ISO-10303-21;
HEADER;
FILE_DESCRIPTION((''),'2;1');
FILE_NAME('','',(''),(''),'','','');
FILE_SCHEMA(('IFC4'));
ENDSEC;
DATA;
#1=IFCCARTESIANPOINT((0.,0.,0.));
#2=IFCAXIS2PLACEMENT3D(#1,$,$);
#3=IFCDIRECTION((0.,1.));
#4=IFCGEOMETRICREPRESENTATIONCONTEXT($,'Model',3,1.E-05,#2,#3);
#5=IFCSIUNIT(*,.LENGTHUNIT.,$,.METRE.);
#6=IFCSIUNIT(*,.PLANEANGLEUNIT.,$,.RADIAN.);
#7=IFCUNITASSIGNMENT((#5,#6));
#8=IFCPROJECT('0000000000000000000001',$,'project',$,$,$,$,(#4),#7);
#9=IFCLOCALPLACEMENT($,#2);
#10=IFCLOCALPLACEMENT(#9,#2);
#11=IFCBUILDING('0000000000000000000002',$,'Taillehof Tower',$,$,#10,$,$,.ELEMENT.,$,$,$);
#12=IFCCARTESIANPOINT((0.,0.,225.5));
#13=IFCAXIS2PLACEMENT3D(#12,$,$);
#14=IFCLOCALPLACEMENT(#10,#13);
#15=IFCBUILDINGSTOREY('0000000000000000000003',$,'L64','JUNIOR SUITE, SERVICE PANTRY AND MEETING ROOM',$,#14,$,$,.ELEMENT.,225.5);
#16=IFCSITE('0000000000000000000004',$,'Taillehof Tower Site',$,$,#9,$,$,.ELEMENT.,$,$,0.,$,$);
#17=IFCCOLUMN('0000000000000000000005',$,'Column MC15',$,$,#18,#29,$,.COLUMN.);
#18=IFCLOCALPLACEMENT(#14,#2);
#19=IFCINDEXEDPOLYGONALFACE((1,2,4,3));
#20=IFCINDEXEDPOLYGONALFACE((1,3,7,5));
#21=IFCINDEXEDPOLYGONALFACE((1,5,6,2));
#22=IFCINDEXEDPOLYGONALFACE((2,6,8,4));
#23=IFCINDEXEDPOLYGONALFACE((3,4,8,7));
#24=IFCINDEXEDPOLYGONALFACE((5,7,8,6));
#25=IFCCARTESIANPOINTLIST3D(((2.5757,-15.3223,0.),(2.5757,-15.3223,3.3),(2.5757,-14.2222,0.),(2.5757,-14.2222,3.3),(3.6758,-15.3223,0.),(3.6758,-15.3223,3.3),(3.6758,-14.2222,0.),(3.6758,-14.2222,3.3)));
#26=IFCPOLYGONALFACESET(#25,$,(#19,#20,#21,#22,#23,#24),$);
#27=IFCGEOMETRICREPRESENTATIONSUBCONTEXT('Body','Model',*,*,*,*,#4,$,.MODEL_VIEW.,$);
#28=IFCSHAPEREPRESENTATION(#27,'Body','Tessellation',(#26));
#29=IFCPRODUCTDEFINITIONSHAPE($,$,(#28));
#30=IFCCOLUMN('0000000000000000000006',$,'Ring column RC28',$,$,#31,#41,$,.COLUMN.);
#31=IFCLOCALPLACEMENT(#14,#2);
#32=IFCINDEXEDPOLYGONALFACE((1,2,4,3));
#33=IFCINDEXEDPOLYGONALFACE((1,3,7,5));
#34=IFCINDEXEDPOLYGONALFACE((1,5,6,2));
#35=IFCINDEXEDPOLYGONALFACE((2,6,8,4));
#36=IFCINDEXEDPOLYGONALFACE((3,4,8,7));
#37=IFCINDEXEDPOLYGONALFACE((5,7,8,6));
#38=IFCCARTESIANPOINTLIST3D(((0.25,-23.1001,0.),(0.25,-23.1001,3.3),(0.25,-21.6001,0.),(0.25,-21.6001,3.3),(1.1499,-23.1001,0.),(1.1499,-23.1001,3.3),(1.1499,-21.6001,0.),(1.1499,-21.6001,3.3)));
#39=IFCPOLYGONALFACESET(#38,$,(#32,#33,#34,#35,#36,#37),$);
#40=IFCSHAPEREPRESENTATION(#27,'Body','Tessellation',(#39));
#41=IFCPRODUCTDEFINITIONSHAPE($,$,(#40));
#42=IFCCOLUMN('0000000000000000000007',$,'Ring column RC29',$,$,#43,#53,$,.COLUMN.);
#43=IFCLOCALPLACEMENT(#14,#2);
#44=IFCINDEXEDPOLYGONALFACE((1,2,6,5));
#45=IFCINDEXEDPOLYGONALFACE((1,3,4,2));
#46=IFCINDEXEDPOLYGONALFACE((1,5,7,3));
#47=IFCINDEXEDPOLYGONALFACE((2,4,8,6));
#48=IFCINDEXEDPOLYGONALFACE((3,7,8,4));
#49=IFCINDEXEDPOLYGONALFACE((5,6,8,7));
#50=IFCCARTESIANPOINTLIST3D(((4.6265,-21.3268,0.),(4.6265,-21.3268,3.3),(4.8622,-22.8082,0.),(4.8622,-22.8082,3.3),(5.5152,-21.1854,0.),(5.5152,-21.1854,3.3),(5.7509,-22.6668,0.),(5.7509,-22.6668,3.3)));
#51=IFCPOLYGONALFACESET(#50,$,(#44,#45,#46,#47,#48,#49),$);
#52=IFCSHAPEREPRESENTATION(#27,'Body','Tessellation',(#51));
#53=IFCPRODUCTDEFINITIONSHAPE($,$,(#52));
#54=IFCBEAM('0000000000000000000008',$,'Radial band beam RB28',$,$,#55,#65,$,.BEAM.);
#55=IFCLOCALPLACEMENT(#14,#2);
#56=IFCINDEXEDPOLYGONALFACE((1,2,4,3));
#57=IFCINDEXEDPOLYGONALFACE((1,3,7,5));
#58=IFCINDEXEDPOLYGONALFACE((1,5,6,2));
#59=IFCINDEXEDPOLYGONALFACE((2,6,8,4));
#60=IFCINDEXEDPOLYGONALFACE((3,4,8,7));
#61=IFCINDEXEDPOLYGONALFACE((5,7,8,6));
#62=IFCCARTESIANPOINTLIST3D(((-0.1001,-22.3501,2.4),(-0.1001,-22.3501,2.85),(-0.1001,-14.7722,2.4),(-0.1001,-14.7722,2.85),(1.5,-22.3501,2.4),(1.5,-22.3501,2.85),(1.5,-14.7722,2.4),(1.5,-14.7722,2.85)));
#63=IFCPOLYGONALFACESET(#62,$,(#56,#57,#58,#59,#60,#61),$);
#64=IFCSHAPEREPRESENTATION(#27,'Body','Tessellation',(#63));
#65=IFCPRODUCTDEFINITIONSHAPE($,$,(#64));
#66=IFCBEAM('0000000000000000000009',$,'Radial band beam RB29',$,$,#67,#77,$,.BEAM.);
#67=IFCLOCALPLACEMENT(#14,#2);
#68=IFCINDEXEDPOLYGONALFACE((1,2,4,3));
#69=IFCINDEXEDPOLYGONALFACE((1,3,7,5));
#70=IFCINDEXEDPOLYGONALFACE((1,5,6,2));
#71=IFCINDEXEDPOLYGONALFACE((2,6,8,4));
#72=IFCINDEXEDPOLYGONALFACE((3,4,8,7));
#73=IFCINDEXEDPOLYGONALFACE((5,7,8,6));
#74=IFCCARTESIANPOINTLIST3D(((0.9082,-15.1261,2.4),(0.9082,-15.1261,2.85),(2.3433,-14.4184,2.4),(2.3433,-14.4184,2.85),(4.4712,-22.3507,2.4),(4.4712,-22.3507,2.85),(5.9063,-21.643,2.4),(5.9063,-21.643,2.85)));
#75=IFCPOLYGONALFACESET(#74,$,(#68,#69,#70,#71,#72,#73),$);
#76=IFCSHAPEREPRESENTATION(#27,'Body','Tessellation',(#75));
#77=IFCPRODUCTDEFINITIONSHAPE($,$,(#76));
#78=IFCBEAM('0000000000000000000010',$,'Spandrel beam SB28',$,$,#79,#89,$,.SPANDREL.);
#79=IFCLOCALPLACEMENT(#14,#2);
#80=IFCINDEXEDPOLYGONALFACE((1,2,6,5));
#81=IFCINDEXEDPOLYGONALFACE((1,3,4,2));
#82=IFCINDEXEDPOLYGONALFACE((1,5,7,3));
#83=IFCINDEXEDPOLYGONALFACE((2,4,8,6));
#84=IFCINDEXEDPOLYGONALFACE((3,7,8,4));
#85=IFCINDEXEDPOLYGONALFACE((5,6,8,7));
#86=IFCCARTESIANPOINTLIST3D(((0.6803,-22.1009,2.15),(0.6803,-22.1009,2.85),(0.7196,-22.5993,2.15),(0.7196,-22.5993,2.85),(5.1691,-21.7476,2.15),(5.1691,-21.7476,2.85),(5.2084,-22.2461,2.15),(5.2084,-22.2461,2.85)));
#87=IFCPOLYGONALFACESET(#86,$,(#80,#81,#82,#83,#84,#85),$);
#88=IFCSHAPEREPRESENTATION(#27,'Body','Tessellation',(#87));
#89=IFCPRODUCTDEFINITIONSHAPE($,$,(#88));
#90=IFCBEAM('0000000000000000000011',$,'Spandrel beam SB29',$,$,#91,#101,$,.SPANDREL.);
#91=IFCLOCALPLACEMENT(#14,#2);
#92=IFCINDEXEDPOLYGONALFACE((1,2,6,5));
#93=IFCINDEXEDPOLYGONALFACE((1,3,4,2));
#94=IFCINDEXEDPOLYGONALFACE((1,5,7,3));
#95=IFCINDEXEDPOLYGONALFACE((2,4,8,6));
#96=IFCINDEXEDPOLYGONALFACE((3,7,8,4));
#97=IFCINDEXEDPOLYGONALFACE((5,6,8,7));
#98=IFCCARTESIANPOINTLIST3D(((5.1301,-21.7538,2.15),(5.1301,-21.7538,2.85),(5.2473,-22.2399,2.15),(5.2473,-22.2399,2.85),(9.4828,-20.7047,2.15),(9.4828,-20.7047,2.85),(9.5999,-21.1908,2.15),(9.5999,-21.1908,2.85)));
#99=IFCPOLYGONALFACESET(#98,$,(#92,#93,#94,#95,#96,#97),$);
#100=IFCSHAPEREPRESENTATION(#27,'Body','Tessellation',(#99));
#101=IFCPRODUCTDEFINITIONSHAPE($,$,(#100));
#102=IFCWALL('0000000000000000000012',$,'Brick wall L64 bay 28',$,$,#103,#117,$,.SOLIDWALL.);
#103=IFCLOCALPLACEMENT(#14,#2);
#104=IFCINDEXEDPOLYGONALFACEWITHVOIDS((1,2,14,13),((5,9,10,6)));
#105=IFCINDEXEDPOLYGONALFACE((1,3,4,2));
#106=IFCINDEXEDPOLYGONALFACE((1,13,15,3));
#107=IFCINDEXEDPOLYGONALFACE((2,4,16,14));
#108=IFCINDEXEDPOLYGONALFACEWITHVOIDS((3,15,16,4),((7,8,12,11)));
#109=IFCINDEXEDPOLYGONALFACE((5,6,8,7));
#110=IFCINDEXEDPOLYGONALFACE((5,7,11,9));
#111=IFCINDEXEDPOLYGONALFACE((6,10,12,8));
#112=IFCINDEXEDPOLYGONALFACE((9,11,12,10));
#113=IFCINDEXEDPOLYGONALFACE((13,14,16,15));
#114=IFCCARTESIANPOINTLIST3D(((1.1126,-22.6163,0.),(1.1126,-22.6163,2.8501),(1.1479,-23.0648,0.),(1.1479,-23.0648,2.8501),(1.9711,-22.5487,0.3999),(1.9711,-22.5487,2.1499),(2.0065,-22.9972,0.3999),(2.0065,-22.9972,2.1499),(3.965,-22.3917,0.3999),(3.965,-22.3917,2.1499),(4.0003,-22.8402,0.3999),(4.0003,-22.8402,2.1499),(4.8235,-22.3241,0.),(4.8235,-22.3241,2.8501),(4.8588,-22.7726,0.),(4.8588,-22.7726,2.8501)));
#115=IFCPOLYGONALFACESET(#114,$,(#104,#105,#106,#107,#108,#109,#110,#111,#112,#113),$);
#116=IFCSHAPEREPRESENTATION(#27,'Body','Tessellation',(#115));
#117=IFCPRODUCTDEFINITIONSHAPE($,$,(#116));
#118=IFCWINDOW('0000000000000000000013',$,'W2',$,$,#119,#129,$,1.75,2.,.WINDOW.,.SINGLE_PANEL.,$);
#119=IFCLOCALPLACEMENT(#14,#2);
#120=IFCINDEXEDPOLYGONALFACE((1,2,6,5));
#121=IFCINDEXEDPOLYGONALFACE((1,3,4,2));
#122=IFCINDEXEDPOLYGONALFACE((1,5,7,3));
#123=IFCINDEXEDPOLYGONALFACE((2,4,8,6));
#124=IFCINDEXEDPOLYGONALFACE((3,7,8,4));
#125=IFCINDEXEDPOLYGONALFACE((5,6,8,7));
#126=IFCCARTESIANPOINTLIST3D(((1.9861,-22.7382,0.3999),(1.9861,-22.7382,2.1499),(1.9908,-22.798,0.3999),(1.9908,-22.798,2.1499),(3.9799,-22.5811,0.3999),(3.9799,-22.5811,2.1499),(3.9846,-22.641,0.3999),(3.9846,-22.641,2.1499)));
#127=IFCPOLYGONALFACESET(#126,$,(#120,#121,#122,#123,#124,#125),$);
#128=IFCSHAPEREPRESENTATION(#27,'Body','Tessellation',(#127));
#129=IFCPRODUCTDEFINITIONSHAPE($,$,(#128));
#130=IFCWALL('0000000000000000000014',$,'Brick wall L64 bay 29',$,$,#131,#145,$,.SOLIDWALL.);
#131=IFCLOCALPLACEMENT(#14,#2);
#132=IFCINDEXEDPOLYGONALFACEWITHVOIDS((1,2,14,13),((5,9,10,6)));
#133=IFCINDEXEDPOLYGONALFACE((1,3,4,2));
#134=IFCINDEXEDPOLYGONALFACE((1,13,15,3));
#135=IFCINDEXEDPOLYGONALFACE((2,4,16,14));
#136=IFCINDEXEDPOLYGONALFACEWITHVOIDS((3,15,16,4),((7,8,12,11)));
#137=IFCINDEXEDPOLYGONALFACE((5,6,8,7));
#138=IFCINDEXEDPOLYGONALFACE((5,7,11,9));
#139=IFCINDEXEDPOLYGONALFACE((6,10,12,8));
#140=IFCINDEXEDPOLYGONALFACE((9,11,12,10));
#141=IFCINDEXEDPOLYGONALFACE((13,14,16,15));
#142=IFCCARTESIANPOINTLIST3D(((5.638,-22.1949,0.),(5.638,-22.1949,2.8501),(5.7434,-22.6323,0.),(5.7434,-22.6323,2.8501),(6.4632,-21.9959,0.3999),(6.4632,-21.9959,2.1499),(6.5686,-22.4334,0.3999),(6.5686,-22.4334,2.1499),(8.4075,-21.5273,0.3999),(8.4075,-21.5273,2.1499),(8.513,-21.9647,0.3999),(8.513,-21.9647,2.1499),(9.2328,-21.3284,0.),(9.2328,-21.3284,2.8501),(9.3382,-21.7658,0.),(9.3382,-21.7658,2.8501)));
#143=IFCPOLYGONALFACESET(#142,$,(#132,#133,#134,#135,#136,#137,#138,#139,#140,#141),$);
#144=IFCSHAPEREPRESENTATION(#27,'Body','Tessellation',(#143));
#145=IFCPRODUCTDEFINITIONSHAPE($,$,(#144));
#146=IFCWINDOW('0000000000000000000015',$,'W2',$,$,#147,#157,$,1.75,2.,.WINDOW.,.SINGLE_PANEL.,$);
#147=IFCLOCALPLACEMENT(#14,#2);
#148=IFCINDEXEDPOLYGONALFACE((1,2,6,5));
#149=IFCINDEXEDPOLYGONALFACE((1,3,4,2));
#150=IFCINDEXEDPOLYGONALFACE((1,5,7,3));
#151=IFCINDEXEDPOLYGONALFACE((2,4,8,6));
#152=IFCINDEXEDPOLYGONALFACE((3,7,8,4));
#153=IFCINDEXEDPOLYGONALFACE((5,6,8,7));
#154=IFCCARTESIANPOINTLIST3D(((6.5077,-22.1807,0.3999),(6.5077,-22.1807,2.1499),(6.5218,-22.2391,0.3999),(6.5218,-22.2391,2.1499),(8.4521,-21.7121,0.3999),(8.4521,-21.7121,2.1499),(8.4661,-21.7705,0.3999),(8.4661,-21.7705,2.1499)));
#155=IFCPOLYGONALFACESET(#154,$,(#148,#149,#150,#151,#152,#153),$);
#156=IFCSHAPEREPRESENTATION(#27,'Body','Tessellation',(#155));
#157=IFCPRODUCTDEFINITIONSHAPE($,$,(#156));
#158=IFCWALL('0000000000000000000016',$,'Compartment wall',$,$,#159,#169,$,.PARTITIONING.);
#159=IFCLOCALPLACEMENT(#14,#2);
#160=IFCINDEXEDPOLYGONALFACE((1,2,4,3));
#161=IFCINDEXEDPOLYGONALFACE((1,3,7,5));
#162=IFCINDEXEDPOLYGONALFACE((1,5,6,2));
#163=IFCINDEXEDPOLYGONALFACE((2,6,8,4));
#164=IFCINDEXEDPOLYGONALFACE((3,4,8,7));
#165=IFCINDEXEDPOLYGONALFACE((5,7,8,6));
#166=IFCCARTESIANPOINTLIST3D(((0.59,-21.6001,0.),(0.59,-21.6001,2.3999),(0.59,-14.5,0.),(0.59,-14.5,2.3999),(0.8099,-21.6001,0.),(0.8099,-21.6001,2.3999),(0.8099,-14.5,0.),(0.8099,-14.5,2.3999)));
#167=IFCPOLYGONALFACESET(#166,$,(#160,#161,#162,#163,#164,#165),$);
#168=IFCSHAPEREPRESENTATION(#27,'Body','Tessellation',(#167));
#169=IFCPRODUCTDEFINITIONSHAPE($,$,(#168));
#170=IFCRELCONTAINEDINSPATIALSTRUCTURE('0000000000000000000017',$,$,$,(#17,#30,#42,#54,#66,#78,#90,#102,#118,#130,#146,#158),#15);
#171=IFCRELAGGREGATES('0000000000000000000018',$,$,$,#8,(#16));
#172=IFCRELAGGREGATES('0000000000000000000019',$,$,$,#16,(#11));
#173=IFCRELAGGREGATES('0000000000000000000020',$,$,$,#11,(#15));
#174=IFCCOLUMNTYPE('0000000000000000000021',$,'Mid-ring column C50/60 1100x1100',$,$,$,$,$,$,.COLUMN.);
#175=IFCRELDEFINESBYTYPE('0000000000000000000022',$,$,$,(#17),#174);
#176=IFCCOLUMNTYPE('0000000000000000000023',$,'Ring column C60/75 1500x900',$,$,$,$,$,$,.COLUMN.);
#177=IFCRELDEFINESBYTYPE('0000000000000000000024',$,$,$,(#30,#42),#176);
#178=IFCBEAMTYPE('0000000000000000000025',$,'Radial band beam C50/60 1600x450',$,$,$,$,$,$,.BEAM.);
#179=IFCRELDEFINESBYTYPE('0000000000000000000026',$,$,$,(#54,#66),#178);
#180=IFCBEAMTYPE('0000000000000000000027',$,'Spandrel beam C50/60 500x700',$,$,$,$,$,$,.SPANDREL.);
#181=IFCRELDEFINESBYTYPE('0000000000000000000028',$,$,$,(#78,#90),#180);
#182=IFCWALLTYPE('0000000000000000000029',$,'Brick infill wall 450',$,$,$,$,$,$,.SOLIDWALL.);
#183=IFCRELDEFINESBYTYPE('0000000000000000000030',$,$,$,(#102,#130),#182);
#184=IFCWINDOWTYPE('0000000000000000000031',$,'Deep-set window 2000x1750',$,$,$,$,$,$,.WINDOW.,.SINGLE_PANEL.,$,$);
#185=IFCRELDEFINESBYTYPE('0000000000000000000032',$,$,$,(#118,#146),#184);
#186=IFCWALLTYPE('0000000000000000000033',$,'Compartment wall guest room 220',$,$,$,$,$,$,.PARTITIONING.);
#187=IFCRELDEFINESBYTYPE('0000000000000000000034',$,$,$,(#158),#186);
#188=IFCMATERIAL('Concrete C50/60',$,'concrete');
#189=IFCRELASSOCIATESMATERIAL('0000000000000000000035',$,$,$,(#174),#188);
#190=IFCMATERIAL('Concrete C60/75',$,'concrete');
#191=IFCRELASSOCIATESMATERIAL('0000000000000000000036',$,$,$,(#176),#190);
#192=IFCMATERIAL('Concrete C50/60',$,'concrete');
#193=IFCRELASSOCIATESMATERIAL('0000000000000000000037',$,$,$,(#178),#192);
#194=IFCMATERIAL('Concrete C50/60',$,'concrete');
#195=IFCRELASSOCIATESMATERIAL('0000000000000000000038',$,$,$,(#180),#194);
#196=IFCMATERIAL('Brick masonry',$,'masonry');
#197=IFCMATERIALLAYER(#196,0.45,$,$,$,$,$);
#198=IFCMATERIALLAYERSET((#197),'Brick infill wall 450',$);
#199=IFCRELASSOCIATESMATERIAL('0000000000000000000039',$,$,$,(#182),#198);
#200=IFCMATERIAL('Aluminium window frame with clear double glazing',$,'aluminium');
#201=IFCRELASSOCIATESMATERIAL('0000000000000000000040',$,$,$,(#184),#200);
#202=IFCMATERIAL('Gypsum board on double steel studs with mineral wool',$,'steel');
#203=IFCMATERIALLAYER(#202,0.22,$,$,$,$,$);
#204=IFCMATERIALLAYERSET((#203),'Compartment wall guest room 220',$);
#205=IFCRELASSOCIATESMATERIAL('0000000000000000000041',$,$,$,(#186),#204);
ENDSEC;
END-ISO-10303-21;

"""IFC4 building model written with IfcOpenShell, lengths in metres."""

from ifc_helpers import new_model, si_unit, direction, frame, frame_2d, origin, origin_2d, place, context, subcontext, project, spatial, rectangle, extrude, material, layer, layer_set, material_profile, profile_set, type_object, element, fill, save


model = new_model("IFC4")

# Units and contexts
model_context = context("Model", 3, precision=1e-05, world=origin(), true_north=direction((0.0, 1.0)))
body_context = subcontext(model_context, "Body", "Model", "MODEL_VIEW")
ifc_project = project(units=[si_unit("LENGTHUNIT", "METRE"), si_unit("PLANEANGLEUNIT", "RADIAN")], contexts=[model_context])

# Site, building, storey
site_placement = place(None, origin())
site = spatial("IfcSite", under=ifc_project, at=site_placement, Name="Taillehof Tower Site", CompositionType="ELEMENT", RefElevation=0.0)
building_placement = place(site_placement, origin())
building = spatial("IfcBuilding", under=site, at=building_placement, Name="Taillehof Tower", CompositionType="ELEMENT")
storey_placement = place(building_placement, frame((0.0, 0.0, 225.5)))
storey = spatial("IfcBuildingStorey", under=building, at=storey_placement, Name="L64", Description="JUNIOR SUITE, SERVICE PANTRY AND MEETING ROOM", CompositionType="ELEMENT", Elevation=225.5)

# Columns
ifc_material_1 = material(Name="Concrete C50/60", Category="concrete")
ifc_material_profile_1 = material_profile(ifc_material_1, rectangle(XDim=1.1001, YDim=1.1001, at=origin_2d()), Name="RC 1100x1100")
ifc_profile_set_1 = profile_set([ifc_material_profile_1], Name="Concrete C50/60")
column_type_1 = type_object("IfcColumnType", Name="Mid-ring column C50/60 1100x1100", PredefinedType="COLUMN", material=ifc_profile_set_1)
column_placement = place(storey_placement, frame((3.1257, -14.7722, 0.0), z_axis=(0.0, 0.0, 1.0), x_axis=(1.0, 0.0, 0.0)))
element("IfcColumn", 1, at=column_placement, inside=storey, type_object=column_type_1, Name="Column MC15", PredefinedType="COLUMN", context=body_context, shape_type="SweptSolid", body=[
    extrude(rectangle(XDim=1.1001, YDim=1.1001, at=origin_2d()), origin(), (0.0, 0.0, 1.0), 3.3),
])
ifc_material_2 = material(Name="Concrete C60/75", Category="concrete")
ifc_material_profile_2 = material_profile(ifc_material_2, rectangle(XDim=1.5, YDim=0.8999, at=origin_2d()), Name="RC 1500x900")
ifc_profile_set_2 = profile_set([ifc_material_profile_2], Name="Concrete C60/75")
column_type_2 = type_object("IfcColumnType", Name="Ring column C60/75 1500x900", PredefinedType="COLUMN", material=ifc_profile_set_2)
for number, where, z_axis, x_axis, name in (
    (2, (0.7, -22.3501, 0.0), (0.0, 0.0, 1.0), (0.0, -1.0, 0.0), "Ring column RC28"),
    (3, (5.1887, -21.9968, 0.0), (0.0, 0.0, 1.0), (0.157116, -0.98758, 0.0), "Ring column RC29"),
):
    element("IfcColumn", number, at=place(storey_placement, frame(where, z_axis=z_axis, x_axis=x_axis)), inside=storey, type_object=column_type_2, Name=name, PredefinedType="COLUMN", context=body_context, shape_type="SweptSolid", body=[
        extrude(rectangle(XDim=1.5, YDim=0.8999, at=origin_2d()), origin(), (0.0, 0.0, 1.0), 3.3),
    ])

# Beams
ifc_material_3 = material(Name="Concrete C50/60", Category="concrete")
ifc_material_profile_3 = material_profile(ifc_material_3, rectangle(XDim=1.6001, YDim=0.45, at=origin_2d()), Name="RC 1600x450")
ifc_profile_set_3 = profile_set([ifc_material_profile_3], Name="Concrete C50/60")
beam_type_1 = type_object("IfcBeamType", Name="Radial band beam C50/60 1600x450", PredefinedType="BEAM", material=ifc_profile_set_3)
beam_1_placement = place(storey_placement, frame((0.7, -22.3501, 2.625), z_axis=(0.0, 1.0, 0.0), x_axis=(-1.0, 0.0, 0.0)))
element("IfcBeam", 4, at=beam_1_placement, inside=storey, type_object=beam_type_1, Name="Radial band beam RB28", PredefinedType="BEAM", context=body_context, shape_type="SweptSolid", body=[
    extrude(rectangle(XDim=1.6001, YDim=0.45, at=origin_2d()), origin(), (0.0, 0.0, 1.0), 7.5779),
])
beam_2_placement = place(storey_placement, frame((5.1887, -21.9968, 2.625), z_axis=(-0.442309, 0.896863, 0.0), x_axis=(-0.896863, -0.442309, 0.0)))
element("IfcBeam", 5, at=beam_2_placement, inside=storey, type_object=beam_type_1, Name="Radial band beam RB29", PredefinedType="BEAM", context=body_context, shape_type="SweptSolid", body=[
    extrude(rectangle(XDim=1.6001, YDim=0.45, at=origin_2d()), origin(), (0.0, 0.0, 1.0), 8.0554),
])
ifc_material_4 = material(Name="Concrete C50/60", Category="concrete")
ifc_material_profile_4 = material_profile(ifc_material_4, rectangle(XDim=0.5, YDim=0.7, at=origin_2d()), Name="RC 500x700")
ifc_profile_set_4 = profile_set([ifc_material_profile_4], Name="Concrete C50/60")
beam_type_2 = type_object("IfcBeamType", Name="Spandrel beam C50/60 500x700", PredefinedType="SPANDREL", material=ifc_profile_set_4)
beam_3_placement = place(storey_placement, frame((0.7, -22.3501, 2.5), z_axis=(0.996917, 0.078459, 0.0), x_axis=(-0.078459, 0.996917, 0.0)))
element("IfcBeam", 6, at=beam_3_placement, inside=storey, type_object=beam_type_2, Name="Spandrel beam SB28", PredefinedType="SPANDREL", context=body_context, shape_type="SweptSolid", body=[
    extrude(rectangle(XDim=0.5, YDim=0.7, at=origin_2d()), origin(), (0.0, 0.0, 1.0), 4.5027),
])
beam_4_placement = place(storey_placement, frame((5.1887, -21.9968, 2.5), z_axis=(0.972161, 0.234315, 0.0), x_axis=(-0.234315, 0.972161, 0.0)))
element("IfcBeam", 7, at=beam_4_placement, inside=storey, type_object=beam_type_2, Name="Spandrel beam SB29", PredefinedType="SPANDREL", context=body_context, shape_type="SweptSolid", body=[
    extrude(rectangle(XDim=0.5, YDim=0.7, at=origin_2d()), origin(), (0.0, 0.0, 1.0), 4.4773),
])

# Walls, openings, windows
ifc_material_5 = material(Name="Brick masonry", Category="masonry")
ifc_layer_1 = layer(ifc_material_5, 0.45)
ifc_layer_set_1 = layer_set([ifc_layer_1], Name="Brick infill wall 450")
wall_type_1 = type_object("IfcWallType", Name="Brick infill wall 450", PredefinedType="SOLIDWALL", material=ifc_layer_set_1)
wall_1_placement = place(storey_placement, frame((1.1301, -22.8406, 0.0), z_axis=(0.0, 0.0, 1.0), x_axis=(0.996914, 0.078507, 0.0)))
wall_1 = element("IfcWall", 8, at=wall_1_placement, inside=storey, type_object=wall_type_1, Name="Brick wall L64 bay 28", PredefinedType="SOLIDWALL", context=body_context, shape_type="SweptSolid", body=[
    extrude(rectangle(XDim=3.7224, YDim=0.45, at=frame_2d((1.8613, 0.0))), origin(), (0.0, 0.0, 1.0), 2.8501),
])
opening_1_placement = place(wall_1_placement, frame((0.8613, 0.0, 0.3999)))
opening_1 = element("IfcOpeningElement", 9, at=opening_1_placement, cuts=wall_1, PredefinedType="OPENING", context=body_context, shape_type="SweptSolid", body=[
    extrude(rectangle(XDim=2.0, YDim=1.75, at=frame_2d((1.0, 0.875))), frame((0.0, 0.2349, 0.0), z_axis=(0.0, -1.0, 0.0), x_axis=(1.0, 0.0, 0.0)), (0.0, 0.0, 1.0), 0.47),
])
ifc_material_6 = material(Name="Aluminium window frame with clear double glazing", Category="aluminium")
window_type = type_object("IfcWindowType", Name="Deep-set window 2000x1750", PartitioningType="SINGLE_PANEL", PredefinedType="WINDOW", material=ifc_material_6)
window_1_placement = place(opening_1_placement, origin())
window_1 = element("IfcWindow", 10, at=window_1_placement, inside=storey, type_object=window_type, Name="W2", OverallHeight=1.75, OverallWidth=2.0, PartitioningType="SINGLE_PANEL", PredefinedType="WINDOW", context=body_context, shape_type="SweptSolid", body=[
    extrude(rectangle(XDim=2.0, YDim=1.75, at=frame_2d((1.0, 0.875))), frame((0.0, 0.0349, 0.0), z_axis=(0.0, -1.0, 0.0), x_axis=(1.0, 0.0, 0.0)), (0.0, 0.0, 1.0), 0.0601),
])
fill(opening_1, window_1)
wall_2_placement = place(storey_placement, frame((5.6907, -22.4136, 0.0), z_axis=(0.0, 0.0, 1.0), x_axis=(0.972158, 0.234324, 0.0)))
wall_2 = element("IfcWall", 11, at=wall_2_placement, inside=storey, type_object=wall_type_1, Name="Brick wall L64 bay 29", PredefinedType="SOLIDWALL", context=body_context, shape_type="SweptSolid", body=[
    extrude(rectangle(XDim=3.6978, YDim=0.45, at=frame_2d((1.8489, 0.0))), origin(), (0.0, 0.0, 1.0), 2.8501),
])
opening_2_placement = place(wall_2_placement, frame((0.8489, 0.0, 0.3999)))
opening_2 = element("IfcOpeningElement", 12, at=opening_2_placement, cuts=wall_2, PredefinedType="OPENING", context=body_context, shape_type="SweptSolid", body=[
    extrude(rectangle(XDim=2.0, YDim=1.75, at=frame_2d((1.0, 0.875))), frame((0.0, 0.2349, 0.0), z_axis=(0.0, -1.0, 0.0), x_axis=(1.0, 0.0, 0.0)), (0.0, 0.0, 1.0), 0.47),
])
window_2_placement = place(opening_2_placement, origin())
window_2 = element("IfcWindow", 13, at=window_2_placement, inside=storey, type_object=window_type, Name="W2", OverallHeight=1.75, OverallWidth=2.0, PartitioningType="SINGLE_PANEL", PredefinedType="WINDOW", context=body_context, shape_type="SweptSolid", body=[
    extrude(rectangle(XDim=2.0, YDim=1.75, at=frame_2d((1.0, 0.875))), frame((0.0, 0.0349, 0.0), z_axis=(0.0, -1.0, 0.0), x_axis=(1.0, 0.0, 0.0)), (0.0, 0.0, 1.0), 0.0601),
])
fill(opening_2, window_2)

# Wall
ifc_material_7 = material(Name="Gypsum board on double steel studs with mineral wool", Category="steel")
ifc_layer_2 = layer(ifc_material_7, 0.22)
ifc_layer_set_2 = layer_set([ifc_layer_2], Name="Compartment wall guest room 220")
wall_type_2 = type_object("IfcWallType", Name="Compartment wall guest room 220", PredefinedType="PARTITIONING", material=ifc_layer_set_2)
wall_3_placement = place(storey_placement, frame((0.7, -21.6001, 0.0), z_axis=(0.0, 0.0, 1.0), x_axis=(0.0, 1.0, 0.0)))
element("IfcWall", 14, at=wall_3_placement, inside=storey, type_object=wall_type_2, Name="Compartment wall", PredefinedType="PARTITIONING", context=body_context, shape_type="SweptSolid", body=[
    extrude(rectangle(XDim=7.1001, YDim=0.22, at=frame_2d((3.55, 0.0))), origin(), (0.0, 0.0, 1.0), 2.3999),
])

save(model, "model.ifc")
